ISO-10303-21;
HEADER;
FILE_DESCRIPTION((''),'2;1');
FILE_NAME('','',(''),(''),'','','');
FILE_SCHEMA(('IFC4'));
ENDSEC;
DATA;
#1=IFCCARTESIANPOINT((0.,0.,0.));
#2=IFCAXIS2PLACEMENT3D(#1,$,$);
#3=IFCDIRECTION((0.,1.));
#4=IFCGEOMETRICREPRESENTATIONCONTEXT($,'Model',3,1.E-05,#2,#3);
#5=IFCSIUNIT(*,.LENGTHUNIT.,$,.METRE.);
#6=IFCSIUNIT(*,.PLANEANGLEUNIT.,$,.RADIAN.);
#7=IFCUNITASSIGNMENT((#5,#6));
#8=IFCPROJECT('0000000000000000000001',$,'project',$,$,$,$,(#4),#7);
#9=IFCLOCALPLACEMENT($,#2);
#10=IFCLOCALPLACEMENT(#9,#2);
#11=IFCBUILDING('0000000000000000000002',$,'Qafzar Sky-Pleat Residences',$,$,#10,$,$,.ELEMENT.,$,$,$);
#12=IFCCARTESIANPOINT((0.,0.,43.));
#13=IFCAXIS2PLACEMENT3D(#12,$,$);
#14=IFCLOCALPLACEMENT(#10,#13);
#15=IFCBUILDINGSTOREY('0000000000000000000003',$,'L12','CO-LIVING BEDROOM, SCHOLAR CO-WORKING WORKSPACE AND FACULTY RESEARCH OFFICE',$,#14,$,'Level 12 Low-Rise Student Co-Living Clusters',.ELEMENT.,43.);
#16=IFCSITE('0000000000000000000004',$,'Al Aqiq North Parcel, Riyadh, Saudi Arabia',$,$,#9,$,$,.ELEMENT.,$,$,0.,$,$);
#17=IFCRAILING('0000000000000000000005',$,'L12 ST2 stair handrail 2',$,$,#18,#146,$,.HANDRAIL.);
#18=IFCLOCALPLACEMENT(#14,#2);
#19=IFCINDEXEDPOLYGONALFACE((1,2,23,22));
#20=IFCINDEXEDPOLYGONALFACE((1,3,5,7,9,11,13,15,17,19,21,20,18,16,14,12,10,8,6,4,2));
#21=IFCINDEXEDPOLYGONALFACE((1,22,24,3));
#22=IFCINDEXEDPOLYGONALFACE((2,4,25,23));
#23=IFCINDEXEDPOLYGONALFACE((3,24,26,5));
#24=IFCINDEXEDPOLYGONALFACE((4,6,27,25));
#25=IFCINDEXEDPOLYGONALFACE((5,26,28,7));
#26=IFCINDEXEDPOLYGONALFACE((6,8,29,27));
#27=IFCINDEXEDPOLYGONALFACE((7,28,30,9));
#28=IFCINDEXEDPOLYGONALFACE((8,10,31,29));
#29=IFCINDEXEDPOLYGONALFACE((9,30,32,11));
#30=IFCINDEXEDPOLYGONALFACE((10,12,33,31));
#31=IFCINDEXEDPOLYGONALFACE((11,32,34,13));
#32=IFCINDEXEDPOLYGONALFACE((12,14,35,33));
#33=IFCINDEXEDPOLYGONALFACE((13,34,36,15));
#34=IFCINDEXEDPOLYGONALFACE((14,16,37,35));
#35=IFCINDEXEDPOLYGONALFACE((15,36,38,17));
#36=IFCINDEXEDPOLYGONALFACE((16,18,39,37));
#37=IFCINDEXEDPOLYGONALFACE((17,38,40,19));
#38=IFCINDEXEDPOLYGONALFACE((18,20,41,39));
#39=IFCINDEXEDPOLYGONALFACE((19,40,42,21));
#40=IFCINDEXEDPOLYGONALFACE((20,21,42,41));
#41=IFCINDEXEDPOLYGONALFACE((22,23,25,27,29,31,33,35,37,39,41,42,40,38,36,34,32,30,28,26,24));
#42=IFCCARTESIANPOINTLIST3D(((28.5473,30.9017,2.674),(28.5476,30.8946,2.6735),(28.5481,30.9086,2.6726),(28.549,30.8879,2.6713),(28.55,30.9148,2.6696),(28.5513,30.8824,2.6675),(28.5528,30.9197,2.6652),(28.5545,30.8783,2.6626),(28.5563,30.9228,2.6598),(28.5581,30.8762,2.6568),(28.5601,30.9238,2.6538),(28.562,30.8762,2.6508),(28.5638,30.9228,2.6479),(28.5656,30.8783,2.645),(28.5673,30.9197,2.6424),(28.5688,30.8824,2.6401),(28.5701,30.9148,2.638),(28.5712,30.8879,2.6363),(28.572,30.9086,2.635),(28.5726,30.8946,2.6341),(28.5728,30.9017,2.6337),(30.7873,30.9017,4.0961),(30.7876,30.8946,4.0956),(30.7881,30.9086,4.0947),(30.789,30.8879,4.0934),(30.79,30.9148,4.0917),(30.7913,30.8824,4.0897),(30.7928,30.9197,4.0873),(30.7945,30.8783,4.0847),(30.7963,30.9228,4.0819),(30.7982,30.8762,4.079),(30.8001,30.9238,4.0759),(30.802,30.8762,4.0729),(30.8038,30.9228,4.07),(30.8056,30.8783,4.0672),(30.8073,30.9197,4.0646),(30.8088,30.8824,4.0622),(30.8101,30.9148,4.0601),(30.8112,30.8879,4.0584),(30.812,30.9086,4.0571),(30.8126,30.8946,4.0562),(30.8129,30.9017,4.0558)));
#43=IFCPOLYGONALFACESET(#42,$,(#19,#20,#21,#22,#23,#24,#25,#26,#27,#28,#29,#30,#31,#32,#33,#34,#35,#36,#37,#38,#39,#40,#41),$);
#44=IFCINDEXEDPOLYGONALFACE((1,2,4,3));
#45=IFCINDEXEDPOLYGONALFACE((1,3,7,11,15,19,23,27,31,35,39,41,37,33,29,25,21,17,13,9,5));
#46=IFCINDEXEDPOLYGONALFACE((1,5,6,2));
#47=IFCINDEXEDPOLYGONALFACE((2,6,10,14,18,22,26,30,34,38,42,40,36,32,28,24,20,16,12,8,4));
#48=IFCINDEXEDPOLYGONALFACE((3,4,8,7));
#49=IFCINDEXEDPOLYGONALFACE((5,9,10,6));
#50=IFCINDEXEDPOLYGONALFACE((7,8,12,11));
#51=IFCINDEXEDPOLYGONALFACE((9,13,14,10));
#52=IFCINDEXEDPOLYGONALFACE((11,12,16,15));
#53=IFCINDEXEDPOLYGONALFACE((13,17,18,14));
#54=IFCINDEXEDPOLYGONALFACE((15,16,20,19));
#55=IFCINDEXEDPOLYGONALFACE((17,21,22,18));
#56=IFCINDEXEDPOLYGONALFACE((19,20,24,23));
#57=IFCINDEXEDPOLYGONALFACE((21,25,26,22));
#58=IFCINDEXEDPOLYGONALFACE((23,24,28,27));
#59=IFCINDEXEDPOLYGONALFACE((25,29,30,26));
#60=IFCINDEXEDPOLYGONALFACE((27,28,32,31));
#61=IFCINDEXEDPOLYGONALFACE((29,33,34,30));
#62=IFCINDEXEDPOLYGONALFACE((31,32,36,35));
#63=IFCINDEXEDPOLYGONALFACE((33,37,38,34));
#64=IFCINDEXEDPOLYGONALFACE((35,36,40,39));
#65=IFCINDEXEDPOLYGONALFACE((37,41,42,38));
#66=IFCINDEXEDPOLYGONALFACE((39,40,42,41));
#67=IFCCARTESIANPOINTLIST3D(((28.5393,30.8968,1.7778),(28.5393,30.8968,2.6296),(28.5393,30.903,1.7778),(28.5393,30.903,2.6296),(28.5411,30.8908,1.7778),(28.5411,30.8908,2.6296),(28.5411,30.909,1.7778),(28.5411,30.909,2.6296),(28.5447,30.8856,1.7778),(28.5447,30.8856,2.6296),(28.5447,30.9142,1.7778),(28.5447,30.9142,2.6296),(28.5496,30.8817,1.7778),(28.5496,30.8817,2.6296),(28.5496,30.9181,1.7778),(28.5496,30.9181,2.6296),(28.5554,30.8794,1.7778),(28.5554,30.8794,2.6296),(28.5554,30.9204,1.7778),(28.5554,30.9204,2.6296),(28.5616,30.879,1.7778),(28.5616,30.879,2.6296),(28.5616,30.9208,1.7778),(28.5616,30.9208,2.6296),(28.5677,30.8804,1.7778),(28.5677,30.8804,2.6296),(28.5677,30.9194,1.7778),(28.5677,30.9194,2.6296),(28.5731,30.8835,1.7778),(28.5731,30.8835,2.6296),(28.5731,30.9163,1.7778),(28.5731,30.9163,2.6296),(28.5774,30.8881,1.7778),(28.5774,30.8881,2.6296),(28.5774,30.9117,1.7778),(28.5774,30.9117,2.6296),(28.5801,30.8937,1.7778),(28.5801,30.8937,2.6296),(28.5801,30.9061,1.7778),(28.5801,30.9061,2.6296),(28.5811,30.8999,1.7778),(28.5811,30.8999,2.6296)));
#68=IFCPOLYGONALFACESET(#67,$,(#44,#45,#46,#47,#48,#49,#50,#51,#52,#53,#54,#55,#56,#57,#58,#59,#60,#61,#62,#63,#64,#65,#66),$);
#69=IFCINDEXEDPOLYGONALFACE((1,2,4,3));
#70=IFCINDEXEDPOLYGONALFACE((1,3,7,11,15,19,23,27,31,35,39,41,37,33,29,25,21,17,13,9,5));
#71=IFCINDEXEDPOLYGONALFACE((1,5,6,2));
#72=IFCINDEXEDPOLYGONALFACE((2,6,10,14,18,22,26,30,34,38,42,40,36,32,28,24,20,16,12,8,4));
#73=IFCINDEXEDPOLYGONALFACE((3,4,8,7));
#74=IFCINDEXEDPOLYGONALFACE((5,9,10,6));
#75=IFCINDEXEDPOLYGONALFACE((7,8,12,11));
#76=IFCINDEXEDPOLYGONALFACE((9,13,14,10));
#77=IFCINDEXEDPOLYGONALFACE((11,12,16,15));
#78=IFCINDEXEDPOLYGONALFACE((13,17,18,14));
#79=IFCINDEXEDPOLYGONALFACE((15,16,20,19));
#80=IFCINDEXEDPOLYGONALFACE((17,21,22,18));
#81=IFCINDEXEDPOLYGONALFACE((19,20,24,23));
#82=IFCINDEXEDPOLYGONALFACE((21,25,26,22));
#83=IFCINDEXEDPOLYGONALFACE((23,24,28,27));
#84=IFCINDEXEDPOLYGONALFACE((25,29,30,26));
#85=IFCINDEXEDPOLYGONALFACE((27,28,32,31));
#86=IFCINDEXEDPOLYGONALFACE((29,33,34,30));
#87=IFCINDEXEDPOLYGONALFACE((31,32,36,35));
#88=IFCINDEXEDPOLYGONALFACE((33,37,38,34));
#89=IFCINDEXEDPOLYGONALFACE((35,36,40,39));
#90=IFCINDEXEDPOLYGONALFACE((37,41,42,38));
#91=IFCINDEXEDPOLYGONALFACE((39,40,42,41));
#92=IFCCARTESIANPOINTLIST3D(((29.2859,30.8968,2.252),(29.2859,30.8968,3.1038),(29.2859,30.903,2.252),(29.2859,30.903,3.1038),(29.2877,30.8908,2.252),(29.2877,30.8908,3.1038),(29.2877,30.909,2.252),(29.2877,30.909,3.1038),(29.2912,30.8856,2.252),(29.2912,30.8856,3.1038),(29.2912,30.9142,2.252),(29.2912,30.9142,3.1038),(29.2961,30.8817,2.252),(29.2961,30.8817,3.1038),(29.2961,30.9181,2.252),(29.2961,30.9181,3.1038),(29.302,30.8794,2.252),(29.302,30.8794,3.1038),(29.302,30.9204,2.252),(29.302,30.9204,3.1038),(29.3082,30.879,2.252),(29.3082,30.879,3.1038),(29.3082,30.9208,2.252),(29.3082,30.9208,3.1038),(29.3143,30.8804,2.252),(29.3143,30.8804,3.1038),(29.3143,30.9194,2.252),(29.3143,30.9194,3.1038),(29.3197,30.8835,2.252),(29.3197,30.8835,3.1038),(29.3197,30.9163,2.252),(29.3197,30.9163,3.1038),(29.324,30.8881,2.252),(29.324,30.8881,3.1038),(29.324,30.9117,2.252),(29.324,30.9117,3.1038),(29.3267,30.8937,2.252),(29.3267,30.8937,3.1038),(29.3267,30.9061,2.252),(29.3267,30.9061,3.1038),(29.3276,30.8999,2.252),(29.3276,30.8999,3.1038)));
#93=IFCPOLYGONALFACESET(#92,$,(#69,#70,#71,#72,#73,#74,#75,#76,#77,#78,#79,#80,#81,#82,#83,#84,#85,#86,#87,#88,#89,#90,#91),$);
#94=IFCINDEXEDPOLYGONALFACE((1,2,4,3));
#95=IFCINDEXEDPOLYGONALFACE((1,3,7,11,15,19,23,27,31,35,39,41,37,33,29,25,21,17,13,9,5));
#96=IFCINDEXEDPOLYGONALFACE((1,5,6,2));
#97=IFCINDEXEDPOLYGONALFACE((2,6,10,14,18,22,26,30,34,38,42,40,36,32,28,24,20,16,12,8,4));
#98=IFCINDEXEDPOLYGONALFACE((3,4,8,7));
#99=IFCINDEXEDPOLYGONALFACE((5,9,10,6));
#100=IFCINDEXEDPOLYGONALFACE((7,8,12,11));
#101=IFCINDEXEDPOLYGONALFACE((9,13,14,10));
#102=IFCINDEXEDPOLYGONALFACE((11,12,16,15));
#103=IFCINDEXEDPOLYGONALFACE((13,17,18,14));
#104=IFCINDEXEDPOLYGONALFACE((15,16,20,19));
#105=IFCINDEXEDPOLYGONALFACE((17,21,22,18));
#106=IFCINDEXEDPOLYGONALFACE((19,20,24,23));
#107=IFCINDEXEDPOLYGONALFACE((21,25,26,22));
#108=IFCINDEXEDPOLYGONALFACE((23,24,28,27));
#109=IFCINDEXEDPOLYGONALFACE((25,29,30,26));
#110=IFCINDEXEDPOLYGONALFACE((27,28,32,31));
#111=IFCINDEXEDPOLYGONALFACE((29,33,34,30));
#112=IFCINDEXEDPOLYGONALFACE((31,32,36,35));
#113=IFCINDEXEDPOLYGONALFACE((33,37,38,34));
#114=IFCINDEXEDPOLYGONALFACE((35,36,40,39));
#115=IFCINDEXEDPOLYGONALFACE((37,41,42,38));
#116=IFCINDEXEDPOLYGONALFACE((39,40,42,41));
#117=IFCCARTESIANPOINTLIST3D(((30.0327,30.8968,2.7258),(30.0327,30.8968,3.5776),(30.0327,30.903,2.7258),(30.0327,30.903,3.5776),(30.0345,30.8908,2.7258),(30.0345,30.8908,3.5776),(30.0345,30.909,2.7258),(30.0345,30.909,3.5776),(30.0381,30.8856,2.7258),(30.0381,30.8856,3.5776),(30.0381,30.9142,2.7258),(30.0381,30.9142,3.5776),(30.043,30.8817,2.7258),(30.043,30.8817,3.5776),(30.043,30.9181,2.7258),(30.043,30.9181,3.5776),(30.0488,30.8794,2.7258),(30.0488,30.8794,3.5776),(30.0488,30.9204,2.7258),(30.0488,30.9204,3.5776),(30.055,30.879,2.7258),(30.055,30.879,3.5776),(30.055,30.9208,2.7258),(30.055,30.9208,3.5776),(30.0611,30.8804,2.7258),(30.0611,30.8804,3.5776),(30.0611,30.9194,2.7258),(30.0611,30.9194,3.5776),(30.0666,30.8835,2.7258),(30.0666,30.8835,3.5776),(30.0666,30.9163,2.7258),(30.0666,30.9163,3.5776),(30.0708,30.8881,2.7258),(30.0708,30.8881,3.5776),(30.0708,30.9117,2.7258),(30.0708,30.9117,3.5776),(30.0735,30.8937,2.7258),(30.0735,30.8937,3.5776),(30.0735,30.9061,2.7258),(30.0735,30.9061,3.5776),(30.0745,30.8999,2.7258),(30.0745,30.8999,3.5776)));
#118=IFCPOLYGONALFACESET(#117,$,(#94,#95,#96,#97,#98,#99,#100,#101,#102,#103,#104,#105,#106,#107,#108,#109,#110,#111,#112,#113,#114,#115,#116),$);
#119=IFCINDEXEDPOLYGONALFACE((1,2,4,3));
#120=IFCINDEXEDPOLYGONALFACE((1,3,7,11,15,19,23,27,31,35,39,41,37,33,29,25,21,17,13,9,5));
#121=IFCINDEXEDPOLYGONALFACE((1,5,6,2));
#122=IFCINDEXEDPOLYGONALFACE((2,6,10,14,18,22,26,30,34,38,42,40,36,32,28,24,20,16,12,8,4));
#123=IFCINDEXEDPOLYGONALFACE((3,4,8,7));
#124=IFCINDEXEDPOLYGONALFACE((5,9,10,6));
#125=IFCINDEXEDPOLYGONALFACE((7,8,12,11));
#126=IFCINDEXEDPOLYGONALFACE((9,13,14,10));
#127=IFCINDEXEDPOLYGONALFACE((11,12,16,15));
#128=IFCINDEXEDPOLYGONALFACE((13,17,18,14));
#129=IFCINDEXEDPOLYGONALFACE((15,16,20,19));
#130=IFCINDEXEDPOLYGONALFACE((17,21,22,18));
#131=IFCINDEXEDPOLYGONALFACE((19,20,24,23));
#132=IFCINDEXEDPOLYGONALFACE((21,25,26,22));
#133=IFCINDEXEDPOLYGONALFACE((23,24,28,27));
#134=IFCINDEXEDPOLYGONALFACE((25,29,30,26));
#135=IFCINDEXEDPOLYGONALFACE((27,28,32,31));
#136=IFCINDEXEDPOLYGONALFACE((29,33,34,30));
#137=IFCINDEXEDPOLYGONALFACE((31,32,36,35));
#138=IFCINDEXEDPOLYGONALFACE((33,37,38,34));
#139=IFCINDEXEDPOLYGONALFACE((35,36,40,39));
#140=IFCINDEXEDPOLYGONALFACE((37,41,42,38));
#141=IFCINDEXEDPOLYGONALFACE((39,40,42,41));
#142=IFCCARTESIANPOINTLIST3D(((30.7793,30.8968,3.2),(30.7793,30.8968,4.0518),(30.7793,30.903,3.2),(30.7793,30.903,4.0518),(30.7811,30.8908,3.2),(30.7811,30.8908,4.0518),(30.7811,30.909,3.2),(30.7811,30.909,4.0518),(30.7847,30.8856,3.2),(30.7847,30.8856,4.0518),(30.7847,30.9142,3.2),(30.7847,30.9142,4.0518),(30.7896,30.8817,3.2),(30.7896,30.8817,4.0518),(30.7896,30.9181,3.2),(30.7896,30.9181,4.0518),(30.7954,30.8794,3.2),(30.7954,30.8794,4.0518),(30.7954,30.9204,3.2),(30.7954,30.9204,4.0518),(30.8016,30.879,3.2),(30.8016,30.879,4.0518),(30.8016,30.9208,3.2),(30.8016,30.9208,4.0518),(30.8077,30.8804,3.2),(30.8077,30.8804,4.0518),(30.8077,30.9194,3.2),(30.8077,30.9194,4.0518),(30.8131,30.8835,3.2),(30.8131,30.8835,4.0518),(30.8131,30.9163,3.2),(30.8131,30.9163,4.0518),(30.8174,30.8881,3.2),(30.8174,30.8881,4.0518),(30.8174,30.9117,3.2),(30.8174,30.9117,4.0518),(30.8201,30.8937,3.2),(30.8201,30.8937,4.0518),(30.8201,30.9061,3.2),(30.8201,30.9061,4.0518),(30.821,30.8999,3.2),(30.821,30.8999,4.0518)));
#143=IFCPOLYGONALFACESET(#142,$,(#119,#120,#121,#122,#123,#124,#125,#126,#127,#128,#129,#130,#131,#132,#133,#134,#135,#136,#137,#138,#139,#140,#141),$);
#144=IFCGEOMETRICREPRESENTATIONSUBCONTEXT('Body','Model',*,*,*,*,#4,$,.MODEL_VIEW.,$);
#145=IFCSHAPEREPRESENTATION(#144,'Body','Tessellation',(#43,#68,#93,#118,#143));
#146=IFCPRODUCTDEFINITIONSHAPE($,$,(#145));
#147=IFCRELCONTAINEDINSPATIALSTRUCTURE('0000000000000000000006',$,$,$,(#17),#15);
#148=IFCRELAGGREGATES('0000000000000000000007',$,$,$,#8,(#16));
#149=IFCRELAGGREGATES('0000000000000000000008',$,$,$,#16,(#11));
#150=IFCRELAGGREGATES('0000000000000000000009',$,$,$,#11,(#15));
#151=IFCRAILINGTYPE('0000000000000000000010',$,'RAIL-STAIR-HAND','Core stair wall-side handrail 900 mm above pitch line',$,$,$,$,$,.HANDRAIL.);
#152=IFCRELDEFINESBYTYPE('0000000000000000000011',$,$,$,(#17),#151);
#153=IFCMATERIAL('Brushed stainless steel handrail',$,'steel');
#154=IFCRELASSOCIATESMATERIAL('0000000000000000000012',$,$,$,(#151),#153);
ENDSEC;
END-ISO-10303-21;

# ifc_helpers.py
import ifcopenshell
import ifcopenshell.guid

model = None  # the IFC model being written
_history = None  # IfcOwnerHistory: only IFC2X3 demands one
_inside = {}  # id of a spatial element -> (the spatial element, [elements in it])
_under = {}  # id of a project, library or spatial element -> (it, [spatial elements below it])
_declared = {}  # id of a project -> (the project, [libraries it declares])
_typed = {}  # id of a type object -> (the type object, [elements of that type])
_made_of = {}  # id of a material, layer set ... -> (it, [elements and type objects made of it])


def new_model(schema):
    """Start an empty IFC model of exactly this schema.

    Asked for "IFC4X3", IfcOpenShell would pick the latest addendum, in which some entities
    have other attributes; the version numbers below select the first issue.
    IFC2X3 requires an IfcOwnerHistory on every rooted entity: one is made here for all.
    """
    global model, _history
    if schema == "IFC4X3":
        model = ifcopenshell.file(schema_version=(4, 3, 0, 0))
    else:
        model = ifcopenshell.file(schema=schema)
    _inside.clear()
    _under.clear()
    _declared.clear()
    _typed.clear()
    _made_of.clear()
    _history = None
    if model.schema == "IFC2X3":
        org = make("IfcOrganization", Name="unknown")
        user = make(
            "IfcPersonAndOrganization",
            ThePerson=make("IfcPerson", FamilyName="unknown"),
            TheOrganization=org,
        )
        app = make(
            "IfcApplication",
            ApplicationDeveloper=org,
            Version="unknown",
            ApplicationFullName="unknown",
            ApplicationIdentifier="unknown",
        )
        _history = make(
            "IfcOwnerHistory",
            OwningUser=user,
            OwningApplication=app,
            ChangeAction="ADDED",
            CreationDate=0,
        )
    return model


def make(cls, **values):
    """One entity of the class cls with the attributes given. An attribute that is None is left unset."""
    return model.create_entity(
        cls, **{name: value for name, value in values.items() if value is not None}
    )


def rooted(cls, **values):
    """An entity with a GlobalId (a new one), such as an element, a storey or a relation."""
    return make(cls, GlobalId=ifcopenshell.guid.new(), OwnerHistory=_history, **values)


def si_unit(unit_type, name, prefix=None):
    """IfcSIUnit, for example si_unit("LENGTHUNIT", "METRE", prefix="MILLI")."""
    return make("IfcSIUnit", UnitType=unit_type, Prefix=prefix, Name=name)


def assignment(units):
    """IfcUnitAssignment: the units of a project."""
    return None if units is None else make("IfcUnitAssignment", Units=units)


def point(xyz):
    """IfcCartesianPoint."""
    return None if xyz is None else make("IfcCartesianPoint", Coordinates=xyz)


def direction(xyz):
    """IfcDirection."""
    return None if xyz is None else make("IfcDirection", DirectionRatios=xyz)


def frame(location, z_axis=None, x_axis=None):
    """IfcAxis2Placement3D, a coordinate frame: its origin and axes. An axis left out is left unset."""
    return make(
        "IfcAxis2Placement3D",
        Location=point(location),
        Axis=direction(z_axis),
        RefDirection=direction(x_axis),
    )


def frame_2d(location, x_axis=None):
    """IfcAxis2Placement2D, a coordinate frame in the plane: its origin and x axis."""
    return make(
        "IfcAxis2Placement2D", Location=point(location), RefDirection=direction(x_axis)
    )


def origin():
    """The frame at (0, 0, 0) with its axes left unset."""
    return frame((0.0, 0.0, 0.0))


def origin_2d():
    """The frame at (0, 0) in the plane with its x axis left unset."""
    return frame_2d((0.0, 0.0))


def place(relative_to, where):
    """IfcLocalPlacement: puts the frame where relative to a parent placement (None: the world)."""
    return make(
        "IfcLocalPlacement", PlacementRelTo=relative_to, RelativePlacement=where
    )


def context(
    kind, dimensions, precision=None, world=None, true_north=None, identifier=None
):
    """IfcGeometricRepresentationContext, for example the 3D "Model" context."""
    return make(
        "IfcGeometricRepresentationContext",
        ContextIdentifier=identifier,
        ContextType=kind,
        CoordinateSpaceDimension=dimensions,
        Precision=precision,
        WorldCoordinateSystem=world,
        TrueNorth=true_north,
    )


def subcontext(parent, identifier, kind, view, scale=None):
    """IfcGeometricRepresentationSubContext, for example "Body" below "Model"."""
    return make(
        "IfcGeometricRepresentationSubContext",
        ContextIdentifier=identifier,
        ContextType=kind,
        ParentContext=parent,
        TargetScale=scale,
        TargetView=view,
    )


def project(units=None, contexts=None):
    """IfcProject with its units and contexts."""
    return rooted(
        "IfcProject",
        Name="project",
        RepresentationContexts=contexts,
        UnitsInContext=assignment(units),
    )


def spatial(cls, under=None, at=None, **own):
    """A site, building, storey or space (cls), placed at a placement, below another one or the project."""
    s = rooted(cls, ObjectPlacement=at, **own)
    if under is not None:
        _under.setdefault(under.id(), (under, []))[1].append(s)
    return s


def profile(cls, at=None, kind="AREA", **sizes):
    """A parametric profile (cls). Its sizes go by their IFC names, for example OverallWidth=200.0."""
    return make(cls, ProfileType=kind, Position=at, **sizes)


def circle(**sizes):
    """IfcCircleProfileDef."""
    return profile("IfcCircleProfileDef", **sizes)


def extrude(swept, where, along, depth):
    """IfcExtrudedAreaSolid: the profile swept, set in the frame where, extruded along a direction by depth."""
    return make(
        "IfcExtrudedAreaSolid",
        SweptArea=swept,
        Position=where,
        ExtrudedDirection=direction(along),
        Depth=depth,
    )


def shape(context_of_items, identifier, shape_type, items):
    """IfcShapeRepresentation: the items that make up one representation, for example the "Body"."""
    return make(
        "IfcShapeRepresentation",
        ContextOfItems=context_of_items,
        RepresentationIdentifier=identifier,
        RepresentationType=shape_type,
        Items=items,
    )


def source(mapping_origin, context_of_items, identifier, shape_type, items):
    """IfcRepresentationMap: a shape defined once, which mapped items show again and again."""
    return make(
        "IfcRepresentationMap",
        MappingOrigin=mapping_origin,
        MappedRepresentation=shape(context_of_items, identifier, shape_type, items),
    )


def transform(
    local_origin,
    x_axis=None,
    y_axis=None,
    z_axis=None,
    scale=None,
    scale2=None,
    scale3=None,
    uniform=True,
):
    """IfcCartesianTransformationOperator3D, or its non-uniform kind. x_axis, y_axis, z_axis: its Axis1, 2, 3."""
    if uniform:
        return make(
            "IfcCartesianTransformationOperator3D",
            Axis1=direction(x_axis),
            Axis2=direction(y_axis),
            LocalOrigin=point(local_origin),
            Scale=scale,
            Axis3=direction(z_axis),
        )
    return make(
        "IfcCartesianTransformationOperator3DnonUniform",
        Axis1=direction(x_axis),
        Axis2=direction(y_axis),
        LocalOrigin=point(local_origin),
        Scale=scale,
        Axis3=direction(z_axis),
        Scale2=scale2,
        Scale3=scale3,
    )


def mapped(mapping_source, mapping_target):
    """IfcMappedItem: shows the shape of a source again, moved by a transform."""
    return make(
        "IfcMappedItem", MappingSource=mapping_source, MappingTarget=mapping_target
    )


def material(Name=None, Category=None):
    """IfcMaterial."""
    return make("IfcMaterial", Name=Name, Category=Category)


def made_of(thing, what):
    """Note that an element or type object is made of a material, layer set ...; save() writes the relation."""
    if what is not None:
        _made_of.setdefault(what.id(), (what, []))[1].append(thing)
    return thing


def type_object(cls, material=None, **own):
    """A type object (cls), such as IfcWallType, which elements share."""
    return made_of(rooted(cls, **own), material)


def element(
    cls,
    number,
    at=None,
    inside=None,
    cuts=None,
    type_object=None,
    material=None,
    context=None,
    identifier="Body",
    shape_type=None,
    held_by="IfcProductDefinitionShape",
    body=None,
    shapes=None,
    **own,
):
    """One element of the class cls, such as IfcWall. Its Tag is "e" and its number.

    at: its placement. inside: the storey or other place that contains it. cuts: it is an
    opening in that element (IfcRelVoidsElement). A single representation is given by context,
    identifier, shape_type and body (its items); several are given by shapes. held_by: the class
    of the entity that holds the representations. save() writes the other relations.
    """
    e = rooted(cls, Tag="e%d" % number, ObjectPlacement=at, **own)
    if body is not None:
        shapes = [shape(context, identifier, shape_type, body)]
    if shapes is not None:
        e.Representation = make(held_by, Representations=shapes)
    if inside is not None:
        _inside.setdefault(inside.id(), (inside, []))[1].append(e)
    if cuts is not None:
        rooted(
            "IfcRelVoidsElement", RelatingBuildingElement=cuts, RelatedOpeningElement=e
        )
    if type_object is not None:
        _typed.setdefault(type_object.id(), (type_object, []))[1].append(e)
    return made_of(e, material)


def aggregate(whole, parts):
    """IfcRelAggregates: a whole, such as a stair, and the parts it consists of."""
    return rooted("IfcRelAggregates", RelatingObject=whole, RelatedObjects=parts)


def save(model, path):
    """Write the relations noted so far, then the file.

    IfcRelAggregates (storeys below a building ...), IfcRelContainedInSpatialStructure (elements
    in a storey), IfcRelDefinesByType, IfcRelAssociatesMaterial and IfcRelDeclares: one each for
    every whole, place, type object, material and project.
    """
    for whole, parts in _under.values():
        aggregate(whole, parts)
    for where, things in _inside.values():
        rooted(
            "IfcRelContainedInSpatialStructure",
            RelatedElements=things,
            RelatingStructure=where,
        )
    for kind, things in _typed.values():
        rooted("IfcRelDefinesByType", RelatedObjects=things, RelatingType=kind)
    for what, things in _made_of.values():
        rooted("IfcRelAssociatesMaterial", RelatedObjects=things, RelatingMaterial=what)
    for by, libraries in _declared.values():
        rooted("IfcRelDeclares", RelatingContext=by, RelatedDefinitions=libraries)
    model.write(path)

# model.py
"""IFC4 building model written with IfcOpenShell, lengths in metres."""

from ifc_helpers import new_model, si_unit, direction, frame, origin, origin_2d, place, context, subcontext, project, spatial, circle, extrude, source, transform, mapped, material, type_object, element, save


model = new_model("IFC4")

# Units and contexts
model_context = context("Model", 3, precision=1e-05, world=origin(), true_north=direction((0.0, 1.0)))
body_context = subcontext(model_context, "Body", "Model", "MODEL_VIEW")
ifc_project = project(units=[si_unit("LENGTHUNIT", "METRE"), si_unit("PLANEANGLEUNIT", "RADIAN")], contexts=[model_context])

# Site, building, storey
site_placement = place(None, origin())
site = spatial("IfcSite", under=ifc_project, at=site_placement, Name="Al Aqiq North Parcel, Riyadh, Saudi Arabia", CompositionType="ELEMENT", RefElevation=0.0)
building_placement = place(site_placement, origin())
building = spatial("IfcBuilding", under=site, at=building_placement, Name="Qafzar Sky-Pleat Residences", CompositionType="ELEMENT")
storey_placement = place(building_placement, frame((0.0, 0.0, 43.0)))
storey = spatial("IfcBuildingStorey", under=building, at=storey_placement, Name="L12", Description="CO-LIVING BEDROOM, SCHOLAR CO-WORKING WORKSPACE AND FACULTY RESEARCH OFFICE", LongName="Level 12 Low-Rise Student Co-Living Clusters", CompositionType="ELEMENT", Elevation=43.0)

# Railing
ifc_material_1 = material(Name="Brushed stainless steel handrail", Category="steel")
railing_type_1 = type_object("IfcRailingType", Name="RAIL-STAIR-HAND", Description="Core stair wall-side handrail 900 mm above pitch line", PredefinedType="HANDRAIL", material=ifc_material_1)
shared_shape_1 = source(origin(), body_context, "Body", "SweptSolid", [
    extrude(circle(Radius=0.0239, at=origin_2d()), frame((0.0, 0.0, 0.876), z_axis=(0.844229, 0.0, 0.535982), x_axis=(0.0, 1.0, 0.0)), (0.0, 0.0, 1.0), 2.6533),
    extrude(circle(Radius=0.021, at=origin_2d()), origin(), (0.0, 0.0, 1.0), 0.8518),
    extrude(circle(Radius=0.021, at=origin_2d()), frame((0.7466, 0.0, 0.4741)), (0.0, 0.0, 1.0), 0.8518),
    extrude(circle(Radius=0.021, at=origin_2d()), frame((1.4934, 0.0, 0.948)), (0.0, 0.0, 1.0), 0.8518),
    extrude(circle(Radius=0.021, at=origin_2d()), frame((2.24, 0.0, 1.4221)), (0.0, 0.0, 1.0), 0.8518),
])
railing_1_placement = place(storey_placement, frame((28.5601, 30.8999, 1.7778)))
element("IfcRailing", 1, at=railing_1_placement, inside=storey, type_object=railing_type_1, Name="L12 ST2 stair handrail 2", PredefinedType="HANDRAIL", context=body_context, shape_type="MappedRepresentation", body=[
    mapped(shared_shape_1, transform((0.0, 0.0, 0.0), x_axis=(1.0, 0.0, 0.0), y_axis=(0.0, 1.0, 0.0), z_axis=(0.0, 0.0, 1.0), scale=1.0)),
])

save(model, "model.ifc")
